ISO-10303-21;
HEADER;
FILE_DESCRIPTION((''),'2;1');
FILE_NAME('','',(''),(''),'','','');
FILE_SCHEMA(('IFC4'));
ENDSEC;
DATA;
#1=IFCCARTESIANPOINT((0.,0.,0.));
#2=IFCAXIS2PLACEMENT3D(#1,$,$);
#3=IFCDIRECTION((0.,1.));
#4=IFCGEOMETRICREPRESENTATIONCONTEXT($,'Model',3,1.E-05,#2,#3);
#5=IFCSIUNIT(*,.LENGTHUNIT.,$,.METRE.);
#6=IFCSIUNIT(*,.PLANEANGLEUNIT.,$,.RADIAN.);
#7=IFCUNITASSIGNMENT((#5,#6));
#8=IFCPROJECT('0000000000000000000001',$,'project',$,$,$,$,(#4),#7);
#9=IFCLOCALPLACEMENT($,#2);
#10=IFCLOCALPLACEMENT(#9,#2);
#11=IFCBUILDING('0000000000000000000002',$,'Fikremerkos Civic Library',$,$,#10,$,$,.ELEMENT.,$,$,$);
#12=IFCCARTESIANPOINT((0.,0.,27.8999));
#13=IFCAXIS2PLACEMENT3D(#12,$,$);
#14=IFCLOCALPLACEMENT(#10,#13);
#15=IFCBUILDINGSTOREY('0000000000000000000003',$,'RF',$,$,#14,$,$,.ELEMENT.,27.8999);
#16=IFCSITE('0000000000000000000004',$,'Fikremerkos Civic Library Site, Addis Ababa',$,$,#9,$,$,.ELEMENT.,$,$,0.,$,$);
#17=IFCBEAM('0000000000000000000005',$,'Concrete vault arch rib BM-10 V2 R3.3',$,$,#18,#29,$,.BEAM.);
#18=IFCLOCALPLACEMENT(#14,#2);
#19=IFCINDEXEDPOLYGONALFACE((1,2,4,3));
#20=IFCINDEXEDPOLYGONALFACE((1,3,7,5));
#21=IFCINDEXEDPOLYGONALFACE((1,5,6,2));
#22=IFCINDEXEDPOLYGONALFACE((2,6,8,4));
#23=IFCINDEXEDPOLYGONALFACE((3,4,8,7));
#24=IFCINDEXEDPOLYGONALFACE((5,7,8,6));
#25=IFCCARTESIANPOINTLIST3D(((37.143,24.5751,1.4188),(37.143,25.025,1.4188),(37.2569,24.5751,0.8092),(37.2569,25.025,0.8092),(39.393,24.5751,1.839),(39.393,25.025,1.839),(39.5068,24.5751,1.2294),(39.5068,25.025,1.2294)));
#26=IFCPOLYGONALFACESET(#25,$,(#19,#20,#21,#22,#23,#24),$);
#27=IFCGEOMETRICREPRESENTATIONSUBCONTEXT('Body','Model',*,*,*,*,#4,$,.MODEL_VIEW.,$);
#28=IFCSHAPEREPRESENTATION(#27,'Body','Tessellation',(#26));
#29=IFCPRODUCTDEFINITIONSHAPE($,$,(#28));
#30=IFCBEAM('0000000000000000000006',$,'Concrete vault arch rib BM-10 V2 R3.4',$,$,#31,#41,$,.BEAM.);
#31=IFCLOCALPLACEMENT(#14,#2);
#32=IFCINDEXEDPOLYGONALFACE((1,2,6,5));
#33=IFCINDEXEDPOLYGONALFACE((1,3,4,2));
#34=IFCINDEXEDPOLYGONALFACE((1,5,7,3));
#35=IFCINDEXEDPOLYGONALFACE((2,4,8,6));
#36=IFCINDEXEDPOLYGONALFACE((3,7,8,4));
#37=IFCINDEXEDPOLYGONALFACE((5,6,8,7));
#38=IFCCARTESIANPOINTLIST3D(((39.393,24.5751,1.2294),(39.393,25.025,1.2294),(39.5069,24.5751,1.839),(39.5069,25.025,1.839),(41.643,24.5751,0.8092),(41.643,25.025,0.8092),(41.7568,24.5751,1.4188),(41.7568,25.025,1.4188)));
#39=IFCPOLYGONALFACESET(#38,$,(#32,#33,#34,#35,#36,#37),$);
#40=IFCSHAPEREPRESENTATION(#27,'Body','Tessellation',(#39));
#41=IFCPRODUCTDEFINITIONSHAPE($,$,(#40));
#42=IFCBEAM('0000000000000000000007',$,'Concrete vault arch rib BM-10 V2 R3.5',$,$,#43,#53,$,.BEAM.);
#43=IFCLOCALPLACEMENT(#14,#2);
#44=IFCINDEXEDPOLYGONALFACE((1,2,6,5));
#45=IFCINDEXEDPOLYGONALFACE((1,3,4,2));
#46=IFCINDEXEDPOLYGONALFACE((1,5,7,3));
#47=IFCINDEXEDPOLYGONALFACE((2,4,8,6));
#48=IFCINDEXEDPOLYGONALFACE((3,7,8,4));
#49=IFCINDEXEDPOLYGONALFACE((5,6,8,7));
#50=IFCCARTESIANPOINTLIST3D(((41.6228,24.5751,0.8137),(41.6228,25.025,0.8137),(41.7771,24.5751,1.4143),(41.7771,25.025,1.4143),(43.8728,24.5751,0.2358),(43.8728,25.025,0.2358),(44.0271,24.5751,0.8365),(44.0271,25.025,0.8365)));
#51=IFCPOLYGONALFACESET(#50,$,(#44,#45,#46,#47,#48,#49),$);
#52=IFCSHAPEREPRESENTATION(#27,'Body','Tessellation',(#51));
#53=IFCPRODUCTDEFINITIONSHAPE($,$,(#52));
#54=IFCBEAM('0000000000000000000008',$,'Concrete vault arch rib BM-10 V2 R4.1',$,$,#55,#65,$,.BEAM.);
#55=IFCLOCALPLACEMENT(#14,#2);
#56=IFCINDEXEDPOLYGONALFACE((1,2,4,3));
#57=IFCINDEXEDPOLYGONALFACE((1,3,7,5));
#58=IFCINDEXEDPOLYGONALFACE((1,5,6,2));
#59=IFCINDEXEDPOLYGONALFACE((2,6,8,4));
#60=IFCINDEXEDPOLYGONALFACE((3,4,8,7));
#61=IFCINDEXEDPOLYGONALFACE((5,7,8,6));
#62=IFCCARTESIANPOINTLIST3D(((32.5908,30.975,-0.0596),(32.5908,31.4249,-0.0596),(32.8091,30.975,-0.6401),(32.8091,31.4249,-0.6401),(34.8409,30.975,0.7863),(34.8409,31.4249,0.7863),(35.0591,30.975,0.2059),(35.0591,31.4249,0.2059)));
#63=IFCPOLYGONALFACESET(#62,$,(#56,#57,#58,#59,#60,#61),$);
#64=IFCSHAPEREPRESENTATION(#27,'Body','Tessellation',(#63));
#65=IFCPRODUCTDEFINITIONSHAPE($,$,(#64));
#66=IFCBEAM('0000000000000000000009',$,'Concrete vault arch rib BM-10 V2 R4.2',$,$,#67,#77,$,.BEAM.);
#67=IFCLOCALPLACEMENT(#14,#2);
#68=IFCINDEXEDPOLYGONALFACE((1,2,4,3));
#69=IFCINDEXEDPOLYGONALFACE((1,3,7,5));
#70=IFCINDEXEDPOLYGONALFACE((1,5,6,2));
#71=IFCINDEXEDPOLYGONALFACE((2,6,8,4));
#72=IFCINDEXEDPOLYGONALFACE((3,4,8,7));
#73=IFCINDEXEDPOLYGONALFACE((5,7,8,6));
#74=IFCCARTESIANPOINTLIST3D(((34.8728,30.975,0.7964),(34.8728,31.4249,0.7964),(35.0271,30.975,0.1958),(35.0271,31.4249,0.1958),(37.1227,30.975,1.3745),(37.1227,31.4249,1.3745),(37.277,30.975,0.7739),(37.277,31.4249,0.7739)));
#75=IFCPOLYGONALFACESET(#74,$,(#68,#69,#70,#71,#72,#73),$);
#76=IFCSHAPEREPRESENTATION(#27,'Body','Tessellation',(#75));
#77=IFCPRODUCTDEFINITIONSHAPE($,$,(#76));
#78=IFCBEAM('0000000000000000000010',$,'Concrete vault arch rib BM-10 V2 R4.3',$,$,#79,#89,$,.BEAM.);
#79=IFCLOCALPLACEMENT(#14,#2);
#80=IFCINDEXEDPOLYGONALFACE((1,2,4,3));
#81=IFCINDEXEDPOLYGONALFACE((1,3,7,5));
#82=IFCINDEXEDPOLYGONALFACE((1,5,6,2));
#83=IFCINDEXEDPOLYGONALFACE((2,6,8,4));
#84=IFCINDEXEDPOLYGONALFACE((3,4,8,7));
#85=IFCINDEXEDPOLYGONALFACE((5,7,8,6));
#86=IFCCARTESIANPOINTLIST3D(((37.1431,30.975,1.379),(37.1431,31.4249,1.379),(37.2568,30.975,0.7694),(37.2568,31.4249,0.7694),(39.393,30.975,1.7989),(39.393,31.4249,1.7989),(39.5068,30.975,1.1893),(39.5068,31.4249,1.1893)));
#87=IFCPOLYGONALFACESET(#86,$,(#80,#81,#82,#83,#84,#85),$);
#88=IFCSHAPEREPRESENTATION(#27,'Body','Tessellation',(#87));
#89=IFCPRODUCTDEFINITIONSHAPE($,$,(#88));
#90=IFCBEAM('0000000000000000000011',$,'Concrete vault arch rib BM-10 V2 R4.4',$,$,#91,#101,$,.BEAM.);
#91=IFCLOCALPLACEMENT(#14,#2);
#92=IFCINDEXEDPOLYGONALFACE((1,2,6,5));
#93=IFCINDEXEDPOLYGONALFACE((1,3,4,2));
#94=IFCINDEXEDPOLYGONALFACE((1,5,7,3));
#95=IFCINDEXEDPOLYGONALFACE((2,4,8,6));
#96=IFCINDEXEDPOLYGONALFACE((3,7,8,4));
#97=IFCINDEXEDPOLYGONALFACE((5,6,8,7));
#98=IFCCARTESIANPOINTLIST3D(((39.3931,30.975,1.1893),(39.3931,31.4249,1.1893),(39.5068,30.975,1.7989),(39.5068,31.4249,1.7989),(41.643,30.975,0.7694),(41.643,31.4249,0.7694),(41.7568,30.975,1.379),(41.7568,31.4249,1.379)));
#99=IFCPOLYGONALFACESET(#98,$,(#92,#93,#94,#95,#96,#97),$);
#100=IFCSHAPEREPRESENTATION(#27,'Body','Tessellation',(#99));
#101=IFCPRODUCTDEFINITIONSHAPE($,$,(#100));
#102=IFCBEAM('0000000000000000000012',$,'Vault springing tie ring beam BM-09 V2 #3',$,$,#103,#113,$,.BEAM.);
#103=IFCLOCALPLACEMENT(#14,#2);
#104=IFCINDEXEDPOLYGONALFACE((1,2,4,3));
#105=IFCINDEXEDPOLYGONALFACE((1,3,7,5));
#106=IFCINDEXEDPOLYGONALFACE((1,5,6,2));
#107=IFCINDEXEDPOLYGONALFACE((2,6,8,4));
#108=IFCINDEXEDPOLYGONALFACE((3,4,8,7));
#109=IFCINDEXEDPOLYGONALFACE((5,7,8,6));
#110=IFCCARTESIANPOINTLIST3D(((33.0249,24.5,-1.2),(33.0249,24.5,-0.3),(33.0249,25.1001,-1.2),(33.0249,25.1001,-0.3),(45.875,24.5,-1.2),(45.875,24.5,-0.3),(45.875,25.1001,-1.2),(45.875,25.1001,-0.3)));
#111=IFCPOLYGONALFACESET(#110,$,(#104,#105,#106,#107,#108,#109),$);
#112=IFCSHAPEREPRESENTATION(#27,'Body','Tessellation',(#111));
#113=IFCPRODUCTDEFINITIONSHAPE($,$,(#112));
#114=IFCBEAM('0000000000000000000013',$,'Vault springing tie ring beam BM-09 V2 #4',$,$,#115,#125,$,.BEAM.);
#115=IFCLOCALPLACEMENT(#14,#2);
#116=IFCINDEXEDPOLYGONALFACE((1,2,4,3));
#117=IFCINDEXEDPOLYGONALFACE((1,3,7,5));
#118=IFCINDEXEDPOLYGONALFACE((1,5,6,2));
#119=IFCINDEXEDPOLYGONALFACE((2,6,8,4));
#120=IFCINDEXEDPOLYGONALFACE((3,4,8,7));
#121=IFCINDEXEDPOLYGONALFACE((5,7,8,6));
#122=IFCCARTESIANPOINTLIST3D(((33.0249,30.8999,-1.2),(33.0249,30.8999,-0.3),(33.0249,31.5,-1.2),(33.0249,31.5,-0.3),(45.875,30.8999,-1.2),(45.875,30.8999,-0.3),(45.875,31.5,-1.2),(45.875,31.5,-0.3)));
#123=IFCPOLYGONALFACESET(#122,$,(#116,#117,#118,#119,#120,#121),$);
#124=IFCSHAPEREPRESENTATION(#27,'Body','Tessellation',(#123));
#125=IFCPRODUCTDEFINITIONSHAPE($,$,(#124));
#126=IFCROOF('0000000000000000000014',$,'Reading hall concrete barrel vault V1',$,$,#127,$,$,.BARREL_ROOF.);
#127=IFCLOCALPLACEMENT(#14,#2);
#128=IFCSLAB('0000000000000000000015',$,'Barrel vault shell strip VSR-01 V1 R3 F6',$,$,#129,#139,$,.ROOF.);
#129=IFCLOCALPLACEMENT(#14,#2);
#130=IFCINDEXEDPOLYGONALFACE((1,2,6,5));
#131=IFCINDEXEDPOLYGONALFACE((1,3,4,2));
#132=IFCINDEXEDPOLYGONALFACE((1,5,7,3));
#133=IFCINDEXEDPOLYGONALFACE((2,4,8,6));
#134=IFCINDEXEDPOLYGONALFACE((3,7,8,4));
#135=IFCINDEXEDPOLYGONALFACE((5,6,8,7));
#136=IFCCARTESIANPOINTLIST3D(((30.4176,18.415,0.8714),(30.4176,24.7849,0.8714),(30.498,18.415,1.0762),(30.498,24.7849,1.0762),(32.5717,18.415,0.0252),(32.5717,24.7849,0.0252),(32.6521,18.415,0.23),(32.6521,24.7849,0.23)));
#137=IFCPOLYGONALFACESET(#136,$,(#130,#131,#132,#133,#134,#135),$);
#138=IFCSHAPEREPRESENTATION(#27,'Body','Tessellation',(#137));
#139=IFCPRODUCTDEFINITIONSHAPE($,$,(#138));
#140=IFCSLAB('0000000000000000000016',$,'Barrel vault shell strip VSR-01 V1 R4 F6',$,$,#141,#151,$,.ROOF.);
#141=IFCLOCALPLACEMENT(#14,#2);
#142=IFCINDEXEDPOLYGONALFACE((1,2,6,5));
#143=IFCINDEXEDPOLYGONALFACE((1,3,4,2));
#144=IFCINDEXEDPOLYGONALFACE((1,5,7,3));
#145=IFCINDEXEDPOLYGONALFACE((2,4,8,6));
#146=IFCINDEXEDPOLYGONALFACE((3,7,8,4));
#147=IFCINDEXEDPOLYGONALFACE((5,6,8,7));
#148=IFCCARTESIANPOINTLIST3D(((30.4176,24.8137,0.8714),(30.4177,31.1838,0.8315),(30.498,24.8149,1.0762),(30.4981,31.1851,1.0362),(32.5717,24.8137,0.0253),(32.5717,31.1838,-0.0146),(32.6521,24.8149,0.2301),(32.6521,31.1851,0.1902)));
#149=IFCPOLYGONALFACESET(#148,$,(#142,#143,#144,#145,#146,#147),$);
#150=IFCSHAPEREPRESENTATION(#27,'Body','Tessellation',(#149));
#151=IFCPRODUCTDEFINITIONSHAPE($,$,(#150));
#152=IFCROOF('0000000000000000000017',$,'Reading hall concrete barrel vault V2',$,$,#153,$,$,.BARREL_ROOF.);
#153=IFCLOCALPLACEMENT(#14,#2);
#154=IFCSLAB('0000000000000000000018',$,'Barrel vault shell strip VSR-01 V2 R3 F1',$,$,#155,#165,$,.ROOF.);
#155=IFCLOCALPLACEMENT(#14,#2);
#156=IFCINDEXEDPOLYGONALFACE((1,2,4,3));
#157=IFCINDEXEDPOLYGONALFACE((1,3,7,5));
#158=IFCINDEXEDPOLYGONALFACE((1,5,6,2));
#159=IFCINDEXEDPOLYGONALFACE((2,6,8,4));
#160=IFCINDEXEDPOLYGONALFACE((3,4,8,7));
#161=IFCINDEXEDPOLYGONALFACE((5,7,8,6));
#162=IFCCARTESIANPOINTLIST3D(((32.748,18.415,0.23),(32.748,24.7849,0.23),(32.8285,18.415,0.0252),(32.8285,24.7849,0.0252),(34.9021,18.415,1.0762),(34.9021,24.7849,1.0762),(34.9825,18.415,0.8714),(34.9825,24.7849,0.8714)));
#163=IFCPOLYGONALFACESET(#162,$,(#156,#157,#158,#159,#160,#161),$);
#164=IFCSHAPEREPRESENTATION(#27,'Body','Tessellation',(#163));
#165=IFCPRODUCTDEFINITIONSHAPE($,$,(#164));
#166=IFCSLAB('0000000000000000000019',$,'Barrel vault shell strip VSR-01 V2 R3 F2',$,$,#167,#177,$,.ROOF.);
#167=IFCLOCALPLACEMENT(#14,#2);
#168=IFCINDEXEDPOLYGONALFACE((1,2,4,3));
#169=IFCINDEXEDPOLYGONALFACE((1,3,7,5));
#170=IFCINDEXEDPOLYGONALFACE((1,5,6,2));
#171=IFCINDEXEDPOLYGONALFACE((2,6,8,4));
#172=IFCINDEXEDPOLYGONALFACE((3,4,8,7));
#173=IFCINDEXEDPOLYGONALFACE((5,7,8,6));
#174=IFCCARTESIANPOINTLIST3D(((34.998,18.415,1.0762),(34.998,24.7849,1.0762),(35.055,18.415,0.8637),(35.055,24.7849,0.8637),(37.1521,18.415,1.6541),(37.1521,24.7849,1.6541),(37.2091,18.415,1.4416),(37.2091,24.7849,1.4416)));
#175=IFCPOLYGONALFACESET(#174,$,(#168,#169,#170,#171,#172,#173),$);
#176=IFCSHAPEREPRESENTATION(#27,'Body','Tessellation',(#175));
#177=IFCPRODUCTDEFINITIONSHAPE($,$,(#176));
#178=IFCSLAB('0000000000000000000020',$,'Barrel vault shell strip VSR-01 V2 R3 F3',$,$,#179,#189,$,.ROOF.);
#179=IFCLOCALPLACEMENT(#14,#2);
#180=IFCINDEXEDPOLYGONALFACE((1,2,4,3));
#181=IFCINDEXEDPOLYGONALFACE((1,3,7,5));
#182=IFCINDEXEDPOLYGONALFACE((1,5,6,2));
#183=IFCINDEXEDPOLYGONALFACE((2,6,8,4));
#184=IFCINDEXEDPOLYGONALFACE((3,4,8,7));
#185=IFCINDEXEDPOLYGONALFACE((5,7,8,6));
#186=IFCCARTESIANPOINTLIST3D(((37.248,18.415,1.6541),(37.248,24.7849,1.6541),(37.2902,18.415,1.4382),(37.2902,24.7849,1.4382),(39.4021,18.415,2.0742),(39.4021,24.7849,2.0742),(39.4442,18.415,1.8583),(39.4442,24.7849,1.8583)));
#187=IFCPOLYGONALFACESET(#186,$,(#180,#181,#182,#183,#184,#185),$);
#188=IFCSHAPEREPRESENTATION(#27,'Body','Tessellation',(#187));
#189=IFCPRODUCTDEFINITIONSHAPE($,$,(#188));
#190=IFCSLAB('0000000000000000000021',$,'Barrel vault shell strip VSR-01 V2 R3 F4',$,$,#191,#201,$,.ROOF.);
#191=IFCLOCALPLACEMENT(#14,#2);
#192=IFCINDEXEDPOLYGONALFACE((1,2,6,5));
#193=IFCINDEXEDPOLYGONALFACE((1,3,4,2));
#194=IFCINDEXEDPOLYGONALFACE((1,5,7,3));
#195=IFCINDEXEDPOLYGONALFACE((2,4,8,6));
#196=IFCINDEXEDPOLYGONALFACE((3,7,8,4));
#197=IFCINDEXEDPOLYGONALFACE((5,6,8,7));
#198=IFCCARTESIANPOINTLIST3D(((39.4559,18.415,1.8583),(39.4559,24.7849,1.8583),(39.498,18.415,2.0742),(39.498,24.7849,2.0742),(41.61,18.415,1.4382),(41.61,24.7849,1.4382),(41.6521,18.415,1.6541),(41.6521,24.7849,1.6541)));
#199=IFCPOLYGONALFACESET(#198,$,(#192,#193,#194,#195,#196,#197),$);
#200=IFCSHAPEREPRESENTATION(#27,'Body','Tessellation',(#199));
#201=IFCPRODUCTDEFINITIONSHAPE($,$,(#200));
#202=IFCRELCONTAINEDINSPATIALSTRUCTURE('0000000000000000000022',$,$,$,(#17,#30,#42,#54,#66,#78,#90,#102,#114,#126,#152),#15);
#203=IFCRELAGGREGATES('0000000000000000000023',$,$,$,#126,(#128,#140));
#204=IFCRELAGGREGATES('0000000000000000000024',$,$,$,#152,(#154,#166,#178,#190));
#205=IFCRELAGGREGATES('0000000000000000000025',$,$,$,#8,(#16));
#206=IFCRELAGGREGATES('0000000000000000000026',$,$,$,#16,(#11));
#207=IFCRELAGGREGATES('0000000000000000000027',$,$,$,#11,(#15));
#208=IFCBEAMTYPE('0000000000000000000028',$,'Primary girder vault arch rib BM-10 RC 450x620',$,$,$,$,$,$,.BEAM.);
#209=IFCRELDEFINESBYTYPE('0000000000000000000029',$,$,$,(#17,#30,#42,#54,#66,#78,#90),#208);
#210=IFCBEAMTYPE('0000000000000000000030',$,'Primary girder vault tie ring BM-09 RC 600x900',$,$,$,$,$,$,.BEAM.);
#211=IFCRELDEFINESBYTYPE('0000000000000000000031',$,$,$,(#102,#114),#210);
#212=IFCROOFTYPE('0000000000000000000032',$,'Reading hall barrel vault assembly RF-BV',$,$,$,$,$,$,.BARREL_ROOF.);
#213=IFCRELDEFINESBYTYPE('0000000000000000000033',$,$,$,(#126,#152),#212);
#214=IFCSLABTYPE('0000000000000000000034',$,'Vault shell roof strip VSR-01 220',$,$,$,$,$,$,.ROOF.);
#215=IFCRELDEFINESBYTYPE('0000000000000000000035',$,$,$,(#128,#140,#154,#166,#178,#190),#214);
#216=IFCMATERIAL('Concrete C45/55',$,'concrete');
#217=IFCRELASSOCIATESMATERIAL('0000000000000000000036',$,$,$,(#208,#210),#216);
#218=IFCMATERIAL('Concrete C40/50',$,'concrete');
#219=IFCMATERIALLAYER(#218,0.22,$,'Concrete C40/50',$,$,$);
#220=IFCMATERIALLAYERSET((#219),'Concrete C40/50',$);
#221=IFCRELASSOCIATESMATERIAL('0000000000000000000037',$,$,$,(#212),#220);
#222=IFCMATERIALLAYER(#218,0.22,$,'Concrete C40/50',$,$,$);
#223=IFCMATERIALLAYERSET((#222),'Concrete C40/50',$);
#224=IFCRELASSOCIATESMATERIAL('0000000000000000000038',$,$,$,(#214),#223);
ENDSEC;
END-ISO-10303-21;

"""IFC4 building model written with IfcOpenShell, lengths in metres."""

from ifc_helpers import new_model, si_unit, direction, frame, origin, origin_2d, place, context, subcontext, project, spatial, polyline, rectangle, outline, extrude, material, layer, layer_set, material_profile, profile_set, type_object, element, aggregate, save


model = new_model("IFC4")

# Units and contexts
model_context = context("Model", 3, precision=1e-05, world=origin(), true_north=direction((0.0, 1.0)))
body_context = subcontext(model_context, "Body", "Model", "MODEL_VIEW")
ifc_project = project(units=[si_unit("LENGTHUNIT", "METRE"), si_unit("PLANEANGLEUNIT", "RADIAN")], contexts=[model_context])

# Site, building, storey
site_placement = place(None, origin())
site = spatial("IfcSite", under=ifc_project, at=site_placement, Name="Fikremerkos Civic Library Site, Addis Ababa", CompositionType="ELEMENT", RefElevation=0.0)
building_placement = place(site_placement, origin())
building = spatial("IfcBuilding", under=site, at=building_placement, Name="Fikremerkos Civic Library", CompositionType="ELEMENT")
storey_placement = place(building_placement, frame((0.0, 0.0, 27.8999)))
storey = spatial("IfcBuildingStorey", under=building, at=storey_placement, Name="RF", CompositionType="ELEMENT", Elevation=27.8999)

# Beams
ifc_material_1 = material(Name="Concrete C45/55", Category="concrete")
ifc_material_profile_1 = material_profile(ifc_material_1, rectangle(XDim=0.45, YDim=0.6201, at=origin_2d()), Name="RC 450x620")
ifc_profile_set_1 = profile_set([ifc_material_profile_1], Name="Concrete C45/55")
beam_type_1 = type_object("IfcBeamType", Name="Primary girder vault arch rib BM-10 RC 450x620", PredefinedType="BEAM", material=ifc_profile_set_1)
for number, where, z_axis, x_axis, name in (
    (1, (37.2, 24.8, 1.114), (0.983007, 0.0, 0.183567), (0.0, 1.0, 0.0), "Concrete vault arch rib BM-10 V2 R3.3"),
    (2, (39.45, 24.8, 1.5342), (0.983007, 0.0, -0.183567), (0.0, 1.0, 0.0), "Concrete vault arch rib BM-10 V2 R3.4"),
):
    element("IfcBeam", number, at=place(storey_placement, frame(where, z_axis=z_axis, x_axis=x_axis)), inside=storey, type_object=beam_type_1, Name=name, PredefinedType="BEAM", context=body_context, shape_type="SweptSolid", body=[
        extrude(rectangle(XDim=0.45, YDim=0.6201, at=origin_2d()), origin(), (0.0, 0.0, 1.0), 2.2888),
    ])
beam_1_placement = place(storey_placement, frame((41.7, 24.8, 1.114), z_axis=(0.968565, 0.0, -0.248762), x_axis=(0.0, 1.0, 0.0)))
element("IfcBeam", 3, at=beam_1_placement, inside=storey, type_object=beam_type_1, Name="Concrete vault arch rib BM-10 V2 R3.5", PredefinedType="BEAM", context=body_context, shape_type="SweptSolid", body=[
    extrude(rectangle(XDim=0.45, YDim=0.6201, at=origin_2d()), origin(), (0.0, 0.0, 1.0), 2.323),
])
beam_2_placement = place(storey_placement, frame((32.7, 31.2, -0.3499), z_axis=(0.936028, 0.0, 0.351925), x_axis=(0.0, 1.0, 0.0)))
element("IfcBeam", 4, at=beam_2_placement, inside=storey, type_object=beam_type_1, Name="Concrete vault arch rib BM-10 V2 R4.1", PredefinedType="BEAM", context=body_context, shape_type="SweptSolid", body=[
    extrude(rectangle(XDim=0.45, YDim=0.6201, at=origin_2d()), origin(), (0.0, 0.0, 1.0), 2.4038),
])
beam_3_placement = place(storey_placement, frame((34.95, 31.2, 0.4961), z_axis=(0.968539, 0.0, 0.248861), x_axis=(0.0, 1.0, 0.0)))
element("IfcBeam", 5, at=beam_3_placement, inside=storey, type_object=beam_type_1, Name="Concrete vault arch rib BM-10 V2 R4.2", PredefinedType="BEAM", context=body_context, shape_type="SweptSolid", body=[
    extrude(rectangle(XDim=0.45, YDim=0.6201, at=origin_2d()), origin(), (0.0, 0.0, 1.0), 2.323),
])
for number, where, z_axis, x_axis, name in (
    (6, (37.2, 31.2, 1.0742), (0.983026, 0.0, 0.183464), (0.0, 1.0, 0.0), "Concrete vault arch rib BM-10 V2 R4.3"),
    (7, (39.45, 31.2, 1.4941), (0.983026, 0.0, -0.183464), (0.0, 1.0, 0.0), "Concrete vault arch rib BM-10 V2 R4.4"),
):
    element("IfcBeam", number, at=place(storey_placement, frame(where, z_axis=z_axis, x_axis=x_axis)), inside=storey, type_object=beam_type_1, Name=name, PredefinedType="BEAM", context=body_context, shape_type="SweptSolid", body=[
        extrude(rectangle(XDim=0.45, YDim=0.6201, at=origin_2d()), origin(), (0.0, 0.0, 1.0), 2.2888),
    ])
ifc_material_profile_2 = material_profile(ifc_material_1, rectangle(XDim=0.6001, YDim=0.8999, at=origin_2d()), Name="RC 600x900")
ifc_profile_set_2 = profile_set([ifc_material_profile_2], Name="Concrete C45/55")
beam_type_2 = type_object("IfcBeamType", Name="Primary girder vault tie ring BM-09 RC 600x900", PredefinedType="BEAM", material=ifc_profile_set_2)
for number, where, z_axis, x_axis, name in (
    (8, (33.0249, 24.8, -0.75), (1.0, 0.0, 0.0), (0.0, 1.0, 0.0), "Vault springing tie ring beam BM-09 V2 #3"),
    (9, (33.0249, 31.2, -0.75), (1.0, 0.0, 0.0), (0.0, 1.0, 0.0), "Vault springing tie ring beam BM-09 V2 #4"),
):
    element("IfcBeam", number, at=place(storey_placement, frame(where, z_axis=z_axis, x_axis=x_axis)), inside=storey, type_object=beam_type_2, Name=name, PredefinedType="BEAM", context=body_context, shape_type="SweptSolid", body=[
        extrude(rectangle(XDim=0.6001, YDim=0.8999, at=origin_2d()), origin(), (0.0, 0.0, 1.0), 12.8501),
    ])

# Roofs, slabs
ifc_material_2 = material(Name="Concrete C40/50", Category="concrete")
ifc_layer_1 = layer(ifc_material_2, 0.22, Name="Concrete C40/50")
ifc_layer_set_1 = layer_set([ifc_layer_1], Name="Concrete C40/50")
roof_type = type_object("IfcRoofType", Name="Reading hall barrel vault assembly RF-BV", PredefinedType="BARREL_ROOF", material=ifc_layer_set_1)
roof_1_placement = place(storey_placement, origin())
roof_1 = element("IfcRoof", 10, at=roof_1_placement, inside=storey, type_object=roof_type, Name="Reading hall concrete barrel vault V1", PredefinedType="BARREL_ROOF")
ifc_layer_2 = layer(ifc_material_2, 0.22, Name="Concrete C40/50")
ifc_layer_set_2 = layer_set([ifc_layer_2], Name="Concrete C40/50")
slab_type_1 = type_object("IfcSlabType", Name="Vault shell roof strip VSR-01 220", PredefinedType="ROOF", material=ifc_layer_set_2)
slab_1_placement = place(storey_placement, frame((30.498, 18.415, 1.0762), z_axis=(0.365636, 0.0, 0.930758), x_axis=(0.930758, 0.0, -0.365636)))
slab_1 = element("IfcSlab", 11, at=slab_1_placement, type_object=slab_type_1, Name="Barrel vault shell strip VSR-01 V1 R3 F6", PredefinedType="ROOF", context=body_context, shape_type="SweptSolid", body=[
    extrude(outline(polyline([(0.0, 0.0), (2.3143, 0.0), (2.3143, 6.3699), (0.0, 6.3699), (0.0, 0.0)])), origin(), (0.0, 0.0, -1.0), 0.22),
])
slab_2_placement = place(storey_placement, frame((30.498, 24.8149, 1.0762), z_axis=(0.365584, 0.005832, 0.93076), x_axis=(0.930776, 0.0, -0.36559)))
slab_2 = element("IfcSlab", 12, at=slab_2_placement, type_object=slab_type_1, Name="Barrel vault shell strip VSR-01 V1 R4 F6", PredefinedType="ROOF", context=body_context, shape_type="SweptSolid", body=[
    extrude(outline(polyline([(0.0, 0.0), (2.3143, 0.0), (2.3289, 6.3702), (0.0146, 6.3702), (0.0, 0.0)])), origin(), (0.0, 0.0, -1.0), 0.22),
])
roof_2_placement = place(storey_placement, origin())
roof_2 = element("IfcRoof", 13, at=roof_2_placement, inside=storey, type_object=roof_type, Name="Reading hall concrete barrel vault V2", PredefinedType="BARREL_ROOF")
slab_3_placement = place(storey_placement, frame((32.748, 18.415, 0.23), z_axis=(-0.365636, 0.0, 0.930758), x_axis=(0.930758, 0.0, 0.365636)))
slab_3 = element("IfcSlab", 14, at=slab_3_placement, type_object=slab_type_1, Name="Barrel vault shell strip VSR-01 V2 R3 F1", PredefinedType="ROOF", context=body_context, shape_type="SweptSolid", body=[
    extrude(outline(polyline([(0.0, 0.0), (2.3143, 0.0), (2.3143, 6.3699), (0.0, 6.3699), (0.0, 0.0)])), origin(), (0.0, 0.0, -1.0), 0.22),
])
slab_4_placement = place(storey_placement, frame((34.998, 18.415, 1.0762), z_axis=(-0.259114, 0.0, 0.965847), x_axis=(0.965847, 0.0, 0.259114)))
slab_4 = element("IfcSlab", 15, at=slab_4_placement, type_object=slab_type_1, Name="Barrel vault shell strip VSR-01 V2 R3 F2", PredefinedType="ROOF", context=body_context, shape_type="SweptSolid", body=[
    extrude(outline(polyline([(0.0, 0.0), (2.2302, 0.0), (2.2302, 6.3699), (0.0, 6.3699), (0.0, 0.0)])), origin(), (0.0, 0.0, -1.0), 0.22),
])
slab_5_placement = place(storey_placement, frame((37.248, 18.415, 1.6541), z_axis=(-0.19145, 0.0, 0.981502), x_axis=(0.981502, 0.0, 0.19145)))
slab_5 = element("IfcSlab", 16, at=slab_5_placement, type_object=slab_type_1, Name="Barrel vault shell strip VSR-01 V2 R3 F3", PredefinedType="ROOF", context=body_context, shape_type="SweptSolid", body=[
    extrude(outline(polyline([(0.0, 0.0), (2.1946, 0.0), (2.1946, 6.3699), (0.0, 6.3699), (0.0, 0.0)])), origin(), (0.0, 0.0, -1.0), 0.22),
])
slab_6_placement = place(storey_placement, frame((39.498, 18.415, 2.0742), z_axis=(0.19145, 0.0, 0.981502), x_axis=(0.981502, 0.0, -0.19145)))
slab_6 = element("IfcSlab", 17, at=slab_6_placement, type_object=slab_type_1, Name="Barrel vault shell strip VSR-01 V2 R3 F4", PredefinedType="ROOF", context=body_context, shape_type="SweptSolid", body=[
    extrude(outline(polyline([(0.0, 0.0), (2.1946, 0.0), (2.1946, 6.3699), (0.0, 6.3699), (0.0, 0.0)])), origin(), (0.0, 0.0, -1.0), 0.22),
])

aggregate(roof_1, [slab_1, slab_2])
aggregate(roof_2, [slab_3, slab_4, slab_5, slab_6])

save(model, "model.ifc")
